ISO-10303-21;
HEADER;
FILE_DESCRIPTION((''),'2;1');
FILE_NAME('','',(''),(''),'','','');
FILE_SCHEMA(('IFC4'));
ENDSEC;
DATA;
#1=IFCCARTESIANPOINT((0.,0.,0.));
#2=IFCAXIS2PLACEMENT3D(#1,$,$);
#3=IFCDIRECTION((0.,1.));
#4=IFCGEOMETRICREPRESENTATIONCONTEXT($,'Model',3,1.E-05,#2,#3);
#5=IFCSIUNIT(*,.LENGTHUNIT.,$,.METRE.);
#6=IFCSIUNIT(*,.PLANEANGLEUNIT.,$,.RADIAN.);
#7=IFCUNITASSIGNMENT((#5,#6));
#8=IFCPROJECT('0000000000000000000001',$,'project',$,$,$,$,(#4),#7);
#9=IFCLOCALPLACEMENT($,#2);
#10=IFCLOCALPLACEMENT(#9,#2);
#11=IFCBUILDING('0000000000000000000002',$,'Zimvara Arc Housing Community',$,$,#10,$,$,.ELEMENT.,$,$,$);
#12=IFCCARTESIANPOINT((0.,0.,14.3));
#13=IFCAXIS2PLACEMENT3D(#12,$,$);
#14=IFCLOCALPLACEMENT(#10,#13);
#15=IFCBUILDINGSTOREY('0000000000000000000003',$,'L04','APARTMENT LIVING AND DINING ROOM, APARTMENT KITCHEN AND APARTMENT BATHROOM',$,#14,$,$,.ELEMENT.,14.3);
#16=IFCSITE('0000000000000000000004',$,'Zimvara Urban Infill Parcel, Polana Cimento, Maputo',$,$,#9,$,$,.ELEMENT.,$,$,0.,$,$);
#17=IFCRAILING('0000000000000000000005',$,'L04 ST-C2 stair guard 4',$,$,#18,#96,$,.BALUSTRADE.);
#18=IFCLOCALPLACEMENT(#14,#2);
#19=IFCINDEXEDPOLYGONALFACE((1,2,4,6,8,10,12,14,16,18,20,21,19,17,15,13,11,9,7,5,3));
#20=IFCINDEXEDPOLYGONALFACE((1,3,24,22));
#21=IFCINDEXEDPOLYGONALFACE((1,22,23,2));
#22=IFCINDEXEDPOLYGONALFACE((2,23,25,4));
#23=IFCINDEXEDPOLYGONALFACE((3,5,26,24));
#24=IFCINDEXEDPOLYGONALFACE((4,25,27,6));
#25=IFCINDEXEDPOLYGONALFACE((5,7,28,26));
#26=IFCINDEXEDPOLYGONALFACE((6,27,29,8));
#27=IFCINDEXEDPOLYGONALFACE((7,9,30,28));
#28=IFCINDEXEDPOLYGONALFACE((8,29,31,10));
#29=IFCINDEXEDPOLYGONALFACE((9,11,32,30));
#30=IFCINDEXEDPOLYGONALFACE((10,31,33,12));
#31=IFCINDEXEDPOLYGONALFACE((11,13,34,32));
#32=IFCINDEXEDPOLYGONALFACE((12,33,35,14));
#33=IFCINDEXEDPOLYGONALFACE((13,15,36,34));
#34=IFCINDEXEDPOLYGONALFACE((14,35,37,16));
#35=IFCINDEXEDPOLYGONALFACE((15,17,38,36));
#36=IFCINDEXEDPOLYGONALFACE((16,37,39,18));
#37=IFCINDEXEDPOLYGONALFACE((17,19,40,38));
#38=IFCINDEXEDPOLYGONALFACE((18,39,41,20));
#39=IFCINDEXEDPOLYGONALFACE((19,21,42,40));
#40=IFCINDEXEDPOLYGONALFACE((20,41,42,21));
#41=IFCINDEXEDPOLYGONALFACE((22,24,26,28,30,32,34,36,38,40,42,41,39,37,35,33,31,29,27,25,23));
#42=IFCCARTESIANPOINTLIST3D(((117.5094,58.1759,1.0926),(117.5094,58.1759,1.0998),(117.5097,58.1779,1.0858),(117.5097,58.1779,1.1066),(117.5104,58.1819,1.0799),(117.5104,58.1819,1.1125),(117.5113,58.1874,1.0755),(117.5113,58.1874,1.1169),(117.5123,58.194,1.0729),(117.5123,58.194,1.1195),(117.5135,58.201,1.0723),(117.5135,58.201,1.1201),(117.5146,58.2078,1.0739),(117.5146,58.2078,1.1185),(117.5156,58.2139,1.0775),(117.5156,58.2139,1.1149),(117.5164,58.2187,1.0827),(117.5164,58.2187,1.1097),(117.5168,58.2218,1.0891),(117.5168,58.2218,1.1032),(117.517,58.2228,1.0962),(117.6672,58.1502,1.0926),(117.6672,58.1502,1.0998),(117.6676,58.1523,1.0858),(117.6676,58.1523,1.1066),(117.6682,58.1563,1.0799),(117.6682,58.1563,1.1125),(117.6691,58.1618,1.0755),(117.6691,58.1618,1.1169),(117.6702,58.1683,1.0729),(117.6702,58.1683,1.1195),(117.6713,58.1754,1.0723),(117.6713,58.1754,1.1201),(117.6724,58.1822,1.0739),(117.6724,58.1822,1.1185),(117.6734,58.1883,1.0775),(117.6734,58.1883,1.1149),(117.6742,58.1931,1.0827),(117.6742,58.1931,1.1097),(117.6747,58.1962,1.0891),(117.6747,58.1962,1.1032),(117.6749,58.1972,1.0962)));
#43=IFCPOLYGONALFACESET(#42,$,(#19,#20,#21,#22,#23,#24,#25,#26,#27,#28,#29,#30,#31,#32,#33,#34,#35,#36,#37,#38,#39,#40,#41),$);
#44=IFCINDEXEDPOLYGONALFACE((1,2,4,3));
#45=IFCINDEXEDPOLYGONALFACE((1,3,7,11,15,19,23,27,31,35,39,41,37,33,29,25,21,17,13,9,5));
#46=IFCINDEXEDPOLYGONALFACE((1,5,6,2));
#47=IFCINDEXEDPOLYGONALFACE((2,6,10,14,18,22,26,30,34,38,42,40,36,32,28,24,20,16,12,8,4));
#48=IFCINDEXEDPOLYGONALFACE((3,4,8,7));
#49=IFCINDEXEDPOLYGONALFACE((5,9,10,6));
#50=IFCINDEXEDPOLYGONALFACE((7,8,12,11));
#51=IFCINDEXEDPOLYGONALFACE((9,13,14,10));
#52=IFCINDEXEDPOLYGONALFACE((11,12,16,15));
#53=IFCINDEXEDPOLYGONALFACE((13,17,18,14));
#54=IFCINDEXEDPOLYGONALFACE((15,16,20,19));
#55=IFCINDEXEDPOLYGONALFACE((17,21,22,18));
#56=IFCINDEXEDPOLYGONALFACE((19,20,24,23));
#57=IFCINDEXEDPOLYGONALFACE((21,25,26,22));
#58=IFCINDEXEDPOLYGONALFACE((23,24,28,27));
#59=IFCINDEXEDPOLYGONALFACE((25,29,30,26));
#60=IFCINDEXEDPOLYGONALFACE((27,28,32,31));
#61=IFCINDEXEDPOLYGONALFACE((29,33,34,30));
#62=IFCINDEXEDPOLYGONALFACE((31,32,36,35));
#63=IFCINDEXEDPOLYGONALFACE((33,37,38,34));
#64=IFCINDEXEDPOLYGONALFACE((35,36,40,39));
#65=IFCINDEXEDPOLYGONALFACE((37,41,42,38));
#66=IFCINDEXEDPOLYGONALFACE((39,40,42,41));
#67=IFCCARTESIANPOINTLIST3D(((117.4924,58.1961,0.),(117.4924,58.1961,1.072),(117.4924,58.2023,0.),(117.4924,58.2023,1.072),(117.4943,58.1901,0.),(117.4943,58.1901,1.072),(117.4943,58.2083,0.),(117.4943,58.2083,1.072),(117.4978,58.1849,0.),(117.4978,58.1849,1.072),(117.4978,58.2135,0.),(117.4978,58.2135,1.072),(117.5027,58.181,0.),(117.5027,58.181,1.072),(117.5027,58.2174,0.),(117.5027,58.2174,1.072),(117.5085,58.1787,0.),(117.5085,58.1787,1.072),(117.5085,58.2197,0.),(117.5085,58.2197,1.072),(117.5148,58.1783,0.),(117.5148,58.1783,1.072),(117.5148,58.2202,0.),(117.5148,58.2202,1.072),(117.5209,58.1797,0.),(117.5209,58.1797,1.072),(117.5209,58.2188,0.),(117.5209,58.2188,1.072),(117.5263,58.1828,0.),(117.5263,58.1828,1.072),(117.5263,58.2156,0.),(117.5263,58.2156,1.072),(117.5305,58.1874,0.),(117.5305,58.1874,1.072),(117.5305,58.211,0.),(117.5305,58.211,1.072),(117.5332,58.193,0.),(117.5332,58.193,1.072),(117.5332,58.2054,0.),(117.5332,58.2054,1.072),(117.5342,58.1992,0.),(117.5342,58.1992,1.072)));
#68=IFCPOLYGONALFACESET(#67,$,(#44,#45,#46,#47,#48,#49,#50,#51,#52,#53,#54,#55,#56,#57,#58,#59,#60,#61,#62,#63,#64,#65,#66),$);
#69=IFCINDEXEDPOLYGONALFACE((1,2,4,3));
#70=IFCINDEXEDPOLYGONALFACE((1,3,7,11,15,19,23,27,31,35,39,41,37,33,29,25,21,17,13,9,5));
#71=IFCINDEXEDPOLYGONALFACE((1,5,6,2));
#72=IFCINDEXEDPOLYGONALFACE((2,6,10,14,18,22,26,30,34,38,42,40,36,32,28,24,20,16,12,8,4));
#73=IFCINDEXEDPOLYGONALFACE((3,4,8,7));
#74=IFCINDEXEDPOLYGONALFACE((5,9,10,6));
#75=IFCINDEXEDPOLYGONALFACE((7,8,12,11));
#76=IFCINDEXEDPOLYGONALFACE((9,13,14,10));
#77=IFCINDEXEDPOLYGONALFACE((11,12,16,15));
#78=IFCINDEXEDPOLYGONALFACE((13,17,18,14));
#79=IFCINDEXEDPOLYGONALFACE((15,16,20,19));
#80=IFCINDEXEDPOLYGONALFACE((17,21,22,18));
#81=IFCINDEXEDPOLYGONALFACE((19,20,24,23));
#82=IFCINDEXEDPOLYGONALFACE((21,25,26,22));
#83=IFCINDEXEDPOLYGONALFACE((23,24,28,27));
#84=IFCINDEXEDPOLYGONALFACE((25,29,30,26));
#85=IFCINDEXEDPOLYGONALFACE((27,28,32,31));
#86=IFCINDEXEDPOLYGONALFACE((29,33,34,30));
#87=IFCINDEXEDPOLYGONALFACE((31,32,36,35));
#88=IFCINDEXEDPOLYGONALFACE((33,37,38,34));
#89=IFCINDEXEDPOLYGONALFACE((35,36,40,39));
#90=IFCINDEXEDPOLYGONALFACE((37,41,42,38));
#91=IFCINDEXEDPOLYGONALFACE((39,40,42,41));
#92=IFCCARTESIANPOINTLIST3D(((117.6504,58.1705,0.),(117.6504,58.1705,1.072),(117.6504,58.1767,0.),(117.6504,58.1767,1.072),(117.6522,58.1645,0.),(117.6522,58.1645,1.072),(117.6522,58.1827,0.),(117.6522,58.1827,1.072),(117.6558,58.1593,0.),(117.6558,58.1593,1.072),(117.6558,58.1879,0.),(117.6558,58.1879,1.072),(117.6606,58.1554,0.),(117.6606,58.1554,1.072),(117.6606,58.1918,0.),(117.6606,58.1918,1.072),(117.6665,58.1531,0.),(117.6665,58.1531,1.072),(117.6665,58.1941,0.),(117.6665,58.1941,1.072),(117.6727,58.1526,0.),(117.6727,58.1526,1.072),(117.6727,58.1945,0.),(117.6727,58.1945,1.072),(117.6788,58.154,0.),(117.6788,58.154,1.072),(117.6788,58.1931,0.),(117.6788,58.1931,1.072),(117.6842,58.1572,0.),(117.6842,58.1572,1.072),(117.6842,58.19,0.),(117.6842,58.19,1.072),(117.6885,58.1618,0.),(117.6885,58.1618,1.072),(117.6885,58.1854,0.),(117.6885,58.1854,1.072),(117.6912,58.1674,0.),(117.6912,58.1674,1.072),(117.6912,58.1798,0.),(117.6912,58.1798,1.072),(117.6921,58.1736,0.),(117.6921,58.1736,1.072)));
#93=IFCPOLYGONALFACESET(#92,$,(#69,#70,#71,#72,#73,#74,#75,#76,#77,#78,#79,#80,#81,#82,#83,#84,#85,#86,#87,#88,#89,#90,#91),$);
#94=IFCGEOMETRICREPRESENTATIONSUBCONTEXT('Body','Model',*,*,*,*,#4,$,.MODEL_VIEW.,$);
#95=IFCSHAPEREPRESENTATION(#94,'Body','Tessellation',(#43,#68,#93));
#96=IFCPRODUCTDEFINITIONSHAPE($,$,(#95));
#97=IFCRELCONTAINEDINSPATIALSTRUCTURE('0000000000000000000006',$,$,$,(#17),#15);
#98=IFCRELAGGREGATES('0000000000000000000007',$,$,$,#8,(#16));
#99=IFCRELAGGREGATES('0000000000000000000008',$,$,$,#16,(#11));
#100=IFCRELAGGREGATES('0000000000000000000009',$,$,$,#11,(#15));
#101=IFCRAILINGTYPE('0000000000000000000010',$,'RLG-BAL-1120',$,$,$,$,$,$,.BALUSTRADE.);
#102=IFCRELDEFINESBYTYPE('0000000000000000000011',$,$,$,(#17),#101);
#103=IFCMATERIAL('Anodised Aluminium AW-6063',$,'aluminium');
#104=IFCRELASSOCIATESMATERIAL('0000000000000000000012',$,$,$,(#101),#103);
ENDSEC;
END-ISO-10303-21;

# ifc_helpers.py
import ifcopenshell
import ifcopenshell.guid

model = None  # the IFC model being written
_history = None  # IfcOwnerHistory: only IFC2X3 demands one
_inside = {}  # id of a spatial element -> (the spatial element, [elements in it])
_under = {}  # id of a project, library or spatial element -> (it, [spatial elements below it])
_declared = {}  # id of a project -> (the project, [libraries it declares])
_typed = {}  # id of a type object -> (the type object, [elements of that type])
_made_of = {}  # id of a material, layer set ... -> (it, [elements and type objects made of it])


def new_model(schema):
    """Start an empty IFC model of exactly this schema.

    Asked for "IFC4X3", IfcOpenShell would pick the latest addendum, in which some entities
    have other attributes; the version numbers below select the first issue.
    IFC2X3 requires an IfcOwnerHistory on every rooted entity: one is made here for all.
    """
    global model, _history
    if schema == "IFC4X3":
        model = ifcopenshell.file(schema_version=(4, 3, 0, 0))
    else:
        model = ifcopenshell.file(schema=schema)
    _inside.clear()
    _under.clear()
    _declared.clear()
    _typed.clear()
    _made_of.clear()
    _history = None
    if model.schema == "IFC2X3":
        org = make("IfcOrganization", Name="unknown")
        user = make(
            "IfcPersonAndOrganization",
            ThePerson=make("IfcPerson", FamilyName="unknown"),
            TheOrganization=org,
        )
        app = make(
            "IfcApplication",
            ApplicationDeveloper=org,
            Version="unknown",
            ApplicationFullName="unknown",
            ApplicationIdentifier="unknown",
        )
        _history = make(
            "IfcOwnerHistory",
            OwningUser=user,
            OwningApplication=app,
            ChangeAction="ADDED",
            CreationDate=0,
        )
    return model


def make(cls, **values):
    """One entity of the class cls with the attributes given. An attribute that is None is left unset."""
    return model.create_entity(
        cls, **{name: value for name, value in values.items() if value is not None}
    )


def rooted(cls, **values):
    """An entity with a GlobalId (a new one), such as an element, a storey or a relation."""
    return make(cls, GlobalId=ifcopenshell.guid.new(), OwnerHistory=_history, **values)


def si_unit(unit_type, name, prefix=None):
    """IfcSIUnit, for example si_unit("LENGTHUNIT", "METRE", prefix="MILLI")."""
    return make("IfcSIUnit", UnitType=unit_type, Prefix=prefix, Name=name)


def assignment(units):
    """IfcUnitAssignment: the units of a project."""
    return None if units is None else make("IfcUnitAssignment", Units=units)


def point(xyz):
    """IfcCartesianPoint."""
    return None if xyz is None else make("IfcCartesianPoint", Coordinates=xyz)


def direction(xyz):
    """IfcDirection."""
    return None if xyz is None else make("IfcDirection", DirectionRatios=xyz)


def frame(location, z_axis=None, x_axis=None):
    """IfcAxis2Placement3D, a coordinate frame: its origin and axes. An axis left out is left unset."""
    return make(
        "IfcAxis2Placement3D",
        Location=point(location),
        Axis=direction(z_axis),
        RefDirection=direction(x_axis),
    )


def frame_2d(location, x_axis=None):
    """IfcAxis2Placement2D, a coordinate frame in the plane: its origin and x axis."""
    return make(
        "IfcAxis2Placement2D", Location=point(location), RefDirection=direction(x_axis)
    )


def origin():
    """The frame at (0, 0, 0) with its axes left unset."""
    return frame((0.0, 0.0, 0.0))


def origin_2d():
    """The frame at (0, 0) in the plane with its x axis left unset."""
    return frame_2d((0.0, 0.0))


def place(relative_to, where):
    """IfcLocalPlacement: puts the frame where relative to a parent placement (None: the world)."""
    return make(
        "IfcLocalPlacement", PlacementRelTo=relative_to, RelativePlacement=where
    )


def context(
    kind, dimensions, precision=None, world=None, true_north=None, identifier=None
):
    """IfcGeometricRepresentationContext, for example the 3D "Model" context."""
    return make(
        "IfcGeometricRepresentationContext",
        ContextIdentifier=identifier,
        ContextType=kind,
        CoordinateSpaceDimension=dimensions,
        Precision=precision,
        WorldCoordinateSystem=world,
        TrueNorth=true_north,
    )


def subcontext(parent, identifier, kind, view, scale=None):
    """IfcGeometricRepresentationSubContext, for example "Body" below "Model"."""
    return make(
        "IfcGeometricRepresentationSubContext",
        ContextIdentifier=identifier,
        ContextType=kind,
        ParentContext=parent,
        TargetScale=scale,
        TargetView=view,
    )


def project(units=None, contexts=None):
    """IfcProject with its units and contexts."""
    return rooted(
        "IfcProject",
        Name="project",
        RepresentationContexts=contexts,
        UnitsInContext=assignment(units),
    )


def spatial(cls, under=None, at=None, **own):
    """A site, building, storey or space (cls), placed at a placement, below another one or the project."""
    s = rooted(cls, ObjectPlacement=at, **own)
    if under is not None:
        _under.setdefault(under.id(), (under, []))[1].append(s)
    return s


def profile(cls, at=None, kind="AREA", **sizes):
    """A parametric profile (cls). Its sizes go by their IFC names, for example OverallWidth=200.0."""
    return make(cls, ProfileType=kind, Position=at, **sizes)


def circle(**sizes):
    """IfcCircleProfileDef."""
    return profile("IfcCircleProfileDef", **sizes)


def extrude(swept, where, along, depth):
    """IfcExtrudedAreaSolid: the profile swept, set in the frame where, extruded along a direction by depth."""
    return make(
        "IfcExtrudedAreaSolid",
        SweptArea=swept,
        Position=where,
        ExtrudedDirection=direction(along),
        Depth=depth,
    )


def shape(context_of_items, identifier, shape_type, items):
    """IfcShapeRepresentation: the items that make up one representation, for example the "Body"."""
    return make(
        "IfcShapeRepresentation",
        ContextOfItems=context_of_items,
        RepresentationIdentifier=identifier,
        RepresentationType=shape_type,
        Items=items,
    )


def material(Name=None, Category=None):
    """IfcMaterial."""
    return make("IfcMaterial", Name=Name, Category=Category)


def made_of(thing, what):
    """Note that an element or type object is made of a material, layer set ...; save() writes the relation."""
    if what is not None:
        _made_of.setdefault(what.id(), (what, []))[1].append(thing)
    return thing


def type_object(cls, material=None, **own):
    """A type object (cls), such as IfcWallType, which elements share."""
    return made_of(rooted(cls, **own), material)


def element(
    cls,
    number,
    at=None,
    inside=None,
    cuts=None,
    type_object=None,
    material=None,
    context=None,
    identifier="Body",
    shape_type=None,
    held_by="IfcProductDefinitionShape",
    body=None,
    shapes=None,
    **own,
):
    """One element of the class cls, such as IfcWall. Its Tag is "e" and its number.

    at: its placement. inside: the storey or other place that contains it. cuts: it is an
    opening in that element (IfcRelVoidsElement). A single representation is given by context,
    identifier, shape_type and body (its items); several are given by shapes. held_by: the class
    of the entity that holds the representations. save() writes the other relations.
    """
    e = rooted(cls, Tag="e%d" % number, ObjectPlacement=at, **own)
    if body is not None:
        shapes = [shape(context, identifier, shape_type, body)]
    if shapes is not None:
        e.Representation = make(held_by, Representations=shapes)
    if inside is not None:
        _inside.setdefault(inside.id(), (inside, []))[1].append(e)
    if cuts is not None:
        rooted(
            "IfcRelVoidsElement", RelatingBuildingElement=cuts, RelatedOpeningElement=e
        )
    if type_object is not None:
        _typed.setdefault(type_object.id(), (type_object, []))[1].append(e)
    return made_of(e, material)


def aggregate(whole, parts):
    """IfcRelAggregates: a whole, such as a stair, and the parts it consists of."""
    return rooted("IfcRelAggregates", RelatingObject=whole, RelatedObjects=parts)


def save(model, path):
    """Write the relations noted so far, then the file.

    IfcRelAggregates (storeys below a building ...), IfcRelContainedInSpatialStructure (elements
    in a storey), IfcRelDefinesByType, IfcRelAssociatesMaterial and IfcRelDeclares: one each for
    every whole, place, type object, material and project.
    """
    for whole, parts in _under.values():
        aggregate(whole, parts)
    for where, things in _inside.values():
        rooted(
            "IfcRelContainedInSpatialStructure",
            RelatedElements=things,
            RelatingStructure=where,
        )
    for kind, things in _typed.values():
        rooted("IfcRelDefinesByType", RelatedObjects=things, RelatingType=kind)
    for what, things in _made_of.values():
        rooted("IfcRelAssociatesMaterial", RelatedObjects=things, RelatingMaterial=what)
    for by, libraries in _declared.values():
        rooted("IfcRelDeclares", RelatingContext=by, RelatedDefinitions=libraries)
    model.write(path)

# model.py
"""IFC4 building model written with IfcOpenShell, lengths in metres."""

from ifc_helpers import new_model, si_unit, direction, frame, origin, origin_2d, place, context, subcontext, project, spatial, circle, extrude, material, type_object, element, save


model = new_model("IFC4")

# Units and contexts
model_context = context("Model", 3, precision=1e-05, world=origin(), true_north=direction((0.0, 1.0)))
body_context = subcontext(model_context, "Body", "Model", "MODEL_VIEW")
ifc_project = project(units=[si_unit("LENGTHUNIT", "METRE"), si_unit("PLANEANGLEUNIT", "RADIAN")], contexts=[model_context])

# Site, building, storey
site_placement = place(None, origin())
site = spatial("IfcSite", under=ifc_project, at=site_placement, Name="Zimvara Urban Infill Parcel, Polana Cimento, Maputo", CompositionType="ELEMENT", RefElevation=0.0)
building_placement = place(site_placement, origin())
building = spatial("IfcBuilding", under=site, at=building_placement, Name="Zimvara Arc Housing Community", CompositionType="ELEMENT")
storey_placement = place(building_placement, frame((0.0, 0.0, 14.3)))
storey = spatial("IfcBuildingStorey", under=building, at=storey_placement, Name="L04", Description="APARTMENT LIVING AND DINING ROOM, APARTMENT KITCHEN AND APARTMENT BATHROOM", CompositionType="ELEMENT", Elevation=14.3)

# Railing
ifc_material_1 = material(Name="Anodised Aluminium AW-6063", Category="aluminium")
railing_type_1 = type_object("IfcRailingType", Name="RLG-BAL-1120", PredefinedType="BALUSTRADE", material=ifc_material_1)
railing_1_placement = place(storey_placement, frame((117.5132, 58.1992, 0.0)))
element("IfcRailing", 1, at=railing_1_placement, inside=storey, type_object=railing_type_1, Name="L04 ST-C2 stair guard 4", PredefinedType="BALUSTRADE", context=body_context, shape_type="SweptSolid", body=[
    extrude(circle(Radius=0.0239, at=origin_2d()), frame((0.0, 0.0, 1.0962), z_axis=(0.987086, -0.160192, 0.0), x_axis=(0.160192, 0.987086, 0.0)), (0.0, 0.0, 1.0), 0.1599),
    extrude(circle(Radius=0.021, at=origin_2d()), origin(), (0.0, 0.0, 1.0), 1.072),
    extrude(circle(Radius=0.021, at=origin_2d()), frame((0.158, -0.0256, 0.0)), (0.0, 0.0, 1.0), 1.072),
])

save(model, "model.ifc")
